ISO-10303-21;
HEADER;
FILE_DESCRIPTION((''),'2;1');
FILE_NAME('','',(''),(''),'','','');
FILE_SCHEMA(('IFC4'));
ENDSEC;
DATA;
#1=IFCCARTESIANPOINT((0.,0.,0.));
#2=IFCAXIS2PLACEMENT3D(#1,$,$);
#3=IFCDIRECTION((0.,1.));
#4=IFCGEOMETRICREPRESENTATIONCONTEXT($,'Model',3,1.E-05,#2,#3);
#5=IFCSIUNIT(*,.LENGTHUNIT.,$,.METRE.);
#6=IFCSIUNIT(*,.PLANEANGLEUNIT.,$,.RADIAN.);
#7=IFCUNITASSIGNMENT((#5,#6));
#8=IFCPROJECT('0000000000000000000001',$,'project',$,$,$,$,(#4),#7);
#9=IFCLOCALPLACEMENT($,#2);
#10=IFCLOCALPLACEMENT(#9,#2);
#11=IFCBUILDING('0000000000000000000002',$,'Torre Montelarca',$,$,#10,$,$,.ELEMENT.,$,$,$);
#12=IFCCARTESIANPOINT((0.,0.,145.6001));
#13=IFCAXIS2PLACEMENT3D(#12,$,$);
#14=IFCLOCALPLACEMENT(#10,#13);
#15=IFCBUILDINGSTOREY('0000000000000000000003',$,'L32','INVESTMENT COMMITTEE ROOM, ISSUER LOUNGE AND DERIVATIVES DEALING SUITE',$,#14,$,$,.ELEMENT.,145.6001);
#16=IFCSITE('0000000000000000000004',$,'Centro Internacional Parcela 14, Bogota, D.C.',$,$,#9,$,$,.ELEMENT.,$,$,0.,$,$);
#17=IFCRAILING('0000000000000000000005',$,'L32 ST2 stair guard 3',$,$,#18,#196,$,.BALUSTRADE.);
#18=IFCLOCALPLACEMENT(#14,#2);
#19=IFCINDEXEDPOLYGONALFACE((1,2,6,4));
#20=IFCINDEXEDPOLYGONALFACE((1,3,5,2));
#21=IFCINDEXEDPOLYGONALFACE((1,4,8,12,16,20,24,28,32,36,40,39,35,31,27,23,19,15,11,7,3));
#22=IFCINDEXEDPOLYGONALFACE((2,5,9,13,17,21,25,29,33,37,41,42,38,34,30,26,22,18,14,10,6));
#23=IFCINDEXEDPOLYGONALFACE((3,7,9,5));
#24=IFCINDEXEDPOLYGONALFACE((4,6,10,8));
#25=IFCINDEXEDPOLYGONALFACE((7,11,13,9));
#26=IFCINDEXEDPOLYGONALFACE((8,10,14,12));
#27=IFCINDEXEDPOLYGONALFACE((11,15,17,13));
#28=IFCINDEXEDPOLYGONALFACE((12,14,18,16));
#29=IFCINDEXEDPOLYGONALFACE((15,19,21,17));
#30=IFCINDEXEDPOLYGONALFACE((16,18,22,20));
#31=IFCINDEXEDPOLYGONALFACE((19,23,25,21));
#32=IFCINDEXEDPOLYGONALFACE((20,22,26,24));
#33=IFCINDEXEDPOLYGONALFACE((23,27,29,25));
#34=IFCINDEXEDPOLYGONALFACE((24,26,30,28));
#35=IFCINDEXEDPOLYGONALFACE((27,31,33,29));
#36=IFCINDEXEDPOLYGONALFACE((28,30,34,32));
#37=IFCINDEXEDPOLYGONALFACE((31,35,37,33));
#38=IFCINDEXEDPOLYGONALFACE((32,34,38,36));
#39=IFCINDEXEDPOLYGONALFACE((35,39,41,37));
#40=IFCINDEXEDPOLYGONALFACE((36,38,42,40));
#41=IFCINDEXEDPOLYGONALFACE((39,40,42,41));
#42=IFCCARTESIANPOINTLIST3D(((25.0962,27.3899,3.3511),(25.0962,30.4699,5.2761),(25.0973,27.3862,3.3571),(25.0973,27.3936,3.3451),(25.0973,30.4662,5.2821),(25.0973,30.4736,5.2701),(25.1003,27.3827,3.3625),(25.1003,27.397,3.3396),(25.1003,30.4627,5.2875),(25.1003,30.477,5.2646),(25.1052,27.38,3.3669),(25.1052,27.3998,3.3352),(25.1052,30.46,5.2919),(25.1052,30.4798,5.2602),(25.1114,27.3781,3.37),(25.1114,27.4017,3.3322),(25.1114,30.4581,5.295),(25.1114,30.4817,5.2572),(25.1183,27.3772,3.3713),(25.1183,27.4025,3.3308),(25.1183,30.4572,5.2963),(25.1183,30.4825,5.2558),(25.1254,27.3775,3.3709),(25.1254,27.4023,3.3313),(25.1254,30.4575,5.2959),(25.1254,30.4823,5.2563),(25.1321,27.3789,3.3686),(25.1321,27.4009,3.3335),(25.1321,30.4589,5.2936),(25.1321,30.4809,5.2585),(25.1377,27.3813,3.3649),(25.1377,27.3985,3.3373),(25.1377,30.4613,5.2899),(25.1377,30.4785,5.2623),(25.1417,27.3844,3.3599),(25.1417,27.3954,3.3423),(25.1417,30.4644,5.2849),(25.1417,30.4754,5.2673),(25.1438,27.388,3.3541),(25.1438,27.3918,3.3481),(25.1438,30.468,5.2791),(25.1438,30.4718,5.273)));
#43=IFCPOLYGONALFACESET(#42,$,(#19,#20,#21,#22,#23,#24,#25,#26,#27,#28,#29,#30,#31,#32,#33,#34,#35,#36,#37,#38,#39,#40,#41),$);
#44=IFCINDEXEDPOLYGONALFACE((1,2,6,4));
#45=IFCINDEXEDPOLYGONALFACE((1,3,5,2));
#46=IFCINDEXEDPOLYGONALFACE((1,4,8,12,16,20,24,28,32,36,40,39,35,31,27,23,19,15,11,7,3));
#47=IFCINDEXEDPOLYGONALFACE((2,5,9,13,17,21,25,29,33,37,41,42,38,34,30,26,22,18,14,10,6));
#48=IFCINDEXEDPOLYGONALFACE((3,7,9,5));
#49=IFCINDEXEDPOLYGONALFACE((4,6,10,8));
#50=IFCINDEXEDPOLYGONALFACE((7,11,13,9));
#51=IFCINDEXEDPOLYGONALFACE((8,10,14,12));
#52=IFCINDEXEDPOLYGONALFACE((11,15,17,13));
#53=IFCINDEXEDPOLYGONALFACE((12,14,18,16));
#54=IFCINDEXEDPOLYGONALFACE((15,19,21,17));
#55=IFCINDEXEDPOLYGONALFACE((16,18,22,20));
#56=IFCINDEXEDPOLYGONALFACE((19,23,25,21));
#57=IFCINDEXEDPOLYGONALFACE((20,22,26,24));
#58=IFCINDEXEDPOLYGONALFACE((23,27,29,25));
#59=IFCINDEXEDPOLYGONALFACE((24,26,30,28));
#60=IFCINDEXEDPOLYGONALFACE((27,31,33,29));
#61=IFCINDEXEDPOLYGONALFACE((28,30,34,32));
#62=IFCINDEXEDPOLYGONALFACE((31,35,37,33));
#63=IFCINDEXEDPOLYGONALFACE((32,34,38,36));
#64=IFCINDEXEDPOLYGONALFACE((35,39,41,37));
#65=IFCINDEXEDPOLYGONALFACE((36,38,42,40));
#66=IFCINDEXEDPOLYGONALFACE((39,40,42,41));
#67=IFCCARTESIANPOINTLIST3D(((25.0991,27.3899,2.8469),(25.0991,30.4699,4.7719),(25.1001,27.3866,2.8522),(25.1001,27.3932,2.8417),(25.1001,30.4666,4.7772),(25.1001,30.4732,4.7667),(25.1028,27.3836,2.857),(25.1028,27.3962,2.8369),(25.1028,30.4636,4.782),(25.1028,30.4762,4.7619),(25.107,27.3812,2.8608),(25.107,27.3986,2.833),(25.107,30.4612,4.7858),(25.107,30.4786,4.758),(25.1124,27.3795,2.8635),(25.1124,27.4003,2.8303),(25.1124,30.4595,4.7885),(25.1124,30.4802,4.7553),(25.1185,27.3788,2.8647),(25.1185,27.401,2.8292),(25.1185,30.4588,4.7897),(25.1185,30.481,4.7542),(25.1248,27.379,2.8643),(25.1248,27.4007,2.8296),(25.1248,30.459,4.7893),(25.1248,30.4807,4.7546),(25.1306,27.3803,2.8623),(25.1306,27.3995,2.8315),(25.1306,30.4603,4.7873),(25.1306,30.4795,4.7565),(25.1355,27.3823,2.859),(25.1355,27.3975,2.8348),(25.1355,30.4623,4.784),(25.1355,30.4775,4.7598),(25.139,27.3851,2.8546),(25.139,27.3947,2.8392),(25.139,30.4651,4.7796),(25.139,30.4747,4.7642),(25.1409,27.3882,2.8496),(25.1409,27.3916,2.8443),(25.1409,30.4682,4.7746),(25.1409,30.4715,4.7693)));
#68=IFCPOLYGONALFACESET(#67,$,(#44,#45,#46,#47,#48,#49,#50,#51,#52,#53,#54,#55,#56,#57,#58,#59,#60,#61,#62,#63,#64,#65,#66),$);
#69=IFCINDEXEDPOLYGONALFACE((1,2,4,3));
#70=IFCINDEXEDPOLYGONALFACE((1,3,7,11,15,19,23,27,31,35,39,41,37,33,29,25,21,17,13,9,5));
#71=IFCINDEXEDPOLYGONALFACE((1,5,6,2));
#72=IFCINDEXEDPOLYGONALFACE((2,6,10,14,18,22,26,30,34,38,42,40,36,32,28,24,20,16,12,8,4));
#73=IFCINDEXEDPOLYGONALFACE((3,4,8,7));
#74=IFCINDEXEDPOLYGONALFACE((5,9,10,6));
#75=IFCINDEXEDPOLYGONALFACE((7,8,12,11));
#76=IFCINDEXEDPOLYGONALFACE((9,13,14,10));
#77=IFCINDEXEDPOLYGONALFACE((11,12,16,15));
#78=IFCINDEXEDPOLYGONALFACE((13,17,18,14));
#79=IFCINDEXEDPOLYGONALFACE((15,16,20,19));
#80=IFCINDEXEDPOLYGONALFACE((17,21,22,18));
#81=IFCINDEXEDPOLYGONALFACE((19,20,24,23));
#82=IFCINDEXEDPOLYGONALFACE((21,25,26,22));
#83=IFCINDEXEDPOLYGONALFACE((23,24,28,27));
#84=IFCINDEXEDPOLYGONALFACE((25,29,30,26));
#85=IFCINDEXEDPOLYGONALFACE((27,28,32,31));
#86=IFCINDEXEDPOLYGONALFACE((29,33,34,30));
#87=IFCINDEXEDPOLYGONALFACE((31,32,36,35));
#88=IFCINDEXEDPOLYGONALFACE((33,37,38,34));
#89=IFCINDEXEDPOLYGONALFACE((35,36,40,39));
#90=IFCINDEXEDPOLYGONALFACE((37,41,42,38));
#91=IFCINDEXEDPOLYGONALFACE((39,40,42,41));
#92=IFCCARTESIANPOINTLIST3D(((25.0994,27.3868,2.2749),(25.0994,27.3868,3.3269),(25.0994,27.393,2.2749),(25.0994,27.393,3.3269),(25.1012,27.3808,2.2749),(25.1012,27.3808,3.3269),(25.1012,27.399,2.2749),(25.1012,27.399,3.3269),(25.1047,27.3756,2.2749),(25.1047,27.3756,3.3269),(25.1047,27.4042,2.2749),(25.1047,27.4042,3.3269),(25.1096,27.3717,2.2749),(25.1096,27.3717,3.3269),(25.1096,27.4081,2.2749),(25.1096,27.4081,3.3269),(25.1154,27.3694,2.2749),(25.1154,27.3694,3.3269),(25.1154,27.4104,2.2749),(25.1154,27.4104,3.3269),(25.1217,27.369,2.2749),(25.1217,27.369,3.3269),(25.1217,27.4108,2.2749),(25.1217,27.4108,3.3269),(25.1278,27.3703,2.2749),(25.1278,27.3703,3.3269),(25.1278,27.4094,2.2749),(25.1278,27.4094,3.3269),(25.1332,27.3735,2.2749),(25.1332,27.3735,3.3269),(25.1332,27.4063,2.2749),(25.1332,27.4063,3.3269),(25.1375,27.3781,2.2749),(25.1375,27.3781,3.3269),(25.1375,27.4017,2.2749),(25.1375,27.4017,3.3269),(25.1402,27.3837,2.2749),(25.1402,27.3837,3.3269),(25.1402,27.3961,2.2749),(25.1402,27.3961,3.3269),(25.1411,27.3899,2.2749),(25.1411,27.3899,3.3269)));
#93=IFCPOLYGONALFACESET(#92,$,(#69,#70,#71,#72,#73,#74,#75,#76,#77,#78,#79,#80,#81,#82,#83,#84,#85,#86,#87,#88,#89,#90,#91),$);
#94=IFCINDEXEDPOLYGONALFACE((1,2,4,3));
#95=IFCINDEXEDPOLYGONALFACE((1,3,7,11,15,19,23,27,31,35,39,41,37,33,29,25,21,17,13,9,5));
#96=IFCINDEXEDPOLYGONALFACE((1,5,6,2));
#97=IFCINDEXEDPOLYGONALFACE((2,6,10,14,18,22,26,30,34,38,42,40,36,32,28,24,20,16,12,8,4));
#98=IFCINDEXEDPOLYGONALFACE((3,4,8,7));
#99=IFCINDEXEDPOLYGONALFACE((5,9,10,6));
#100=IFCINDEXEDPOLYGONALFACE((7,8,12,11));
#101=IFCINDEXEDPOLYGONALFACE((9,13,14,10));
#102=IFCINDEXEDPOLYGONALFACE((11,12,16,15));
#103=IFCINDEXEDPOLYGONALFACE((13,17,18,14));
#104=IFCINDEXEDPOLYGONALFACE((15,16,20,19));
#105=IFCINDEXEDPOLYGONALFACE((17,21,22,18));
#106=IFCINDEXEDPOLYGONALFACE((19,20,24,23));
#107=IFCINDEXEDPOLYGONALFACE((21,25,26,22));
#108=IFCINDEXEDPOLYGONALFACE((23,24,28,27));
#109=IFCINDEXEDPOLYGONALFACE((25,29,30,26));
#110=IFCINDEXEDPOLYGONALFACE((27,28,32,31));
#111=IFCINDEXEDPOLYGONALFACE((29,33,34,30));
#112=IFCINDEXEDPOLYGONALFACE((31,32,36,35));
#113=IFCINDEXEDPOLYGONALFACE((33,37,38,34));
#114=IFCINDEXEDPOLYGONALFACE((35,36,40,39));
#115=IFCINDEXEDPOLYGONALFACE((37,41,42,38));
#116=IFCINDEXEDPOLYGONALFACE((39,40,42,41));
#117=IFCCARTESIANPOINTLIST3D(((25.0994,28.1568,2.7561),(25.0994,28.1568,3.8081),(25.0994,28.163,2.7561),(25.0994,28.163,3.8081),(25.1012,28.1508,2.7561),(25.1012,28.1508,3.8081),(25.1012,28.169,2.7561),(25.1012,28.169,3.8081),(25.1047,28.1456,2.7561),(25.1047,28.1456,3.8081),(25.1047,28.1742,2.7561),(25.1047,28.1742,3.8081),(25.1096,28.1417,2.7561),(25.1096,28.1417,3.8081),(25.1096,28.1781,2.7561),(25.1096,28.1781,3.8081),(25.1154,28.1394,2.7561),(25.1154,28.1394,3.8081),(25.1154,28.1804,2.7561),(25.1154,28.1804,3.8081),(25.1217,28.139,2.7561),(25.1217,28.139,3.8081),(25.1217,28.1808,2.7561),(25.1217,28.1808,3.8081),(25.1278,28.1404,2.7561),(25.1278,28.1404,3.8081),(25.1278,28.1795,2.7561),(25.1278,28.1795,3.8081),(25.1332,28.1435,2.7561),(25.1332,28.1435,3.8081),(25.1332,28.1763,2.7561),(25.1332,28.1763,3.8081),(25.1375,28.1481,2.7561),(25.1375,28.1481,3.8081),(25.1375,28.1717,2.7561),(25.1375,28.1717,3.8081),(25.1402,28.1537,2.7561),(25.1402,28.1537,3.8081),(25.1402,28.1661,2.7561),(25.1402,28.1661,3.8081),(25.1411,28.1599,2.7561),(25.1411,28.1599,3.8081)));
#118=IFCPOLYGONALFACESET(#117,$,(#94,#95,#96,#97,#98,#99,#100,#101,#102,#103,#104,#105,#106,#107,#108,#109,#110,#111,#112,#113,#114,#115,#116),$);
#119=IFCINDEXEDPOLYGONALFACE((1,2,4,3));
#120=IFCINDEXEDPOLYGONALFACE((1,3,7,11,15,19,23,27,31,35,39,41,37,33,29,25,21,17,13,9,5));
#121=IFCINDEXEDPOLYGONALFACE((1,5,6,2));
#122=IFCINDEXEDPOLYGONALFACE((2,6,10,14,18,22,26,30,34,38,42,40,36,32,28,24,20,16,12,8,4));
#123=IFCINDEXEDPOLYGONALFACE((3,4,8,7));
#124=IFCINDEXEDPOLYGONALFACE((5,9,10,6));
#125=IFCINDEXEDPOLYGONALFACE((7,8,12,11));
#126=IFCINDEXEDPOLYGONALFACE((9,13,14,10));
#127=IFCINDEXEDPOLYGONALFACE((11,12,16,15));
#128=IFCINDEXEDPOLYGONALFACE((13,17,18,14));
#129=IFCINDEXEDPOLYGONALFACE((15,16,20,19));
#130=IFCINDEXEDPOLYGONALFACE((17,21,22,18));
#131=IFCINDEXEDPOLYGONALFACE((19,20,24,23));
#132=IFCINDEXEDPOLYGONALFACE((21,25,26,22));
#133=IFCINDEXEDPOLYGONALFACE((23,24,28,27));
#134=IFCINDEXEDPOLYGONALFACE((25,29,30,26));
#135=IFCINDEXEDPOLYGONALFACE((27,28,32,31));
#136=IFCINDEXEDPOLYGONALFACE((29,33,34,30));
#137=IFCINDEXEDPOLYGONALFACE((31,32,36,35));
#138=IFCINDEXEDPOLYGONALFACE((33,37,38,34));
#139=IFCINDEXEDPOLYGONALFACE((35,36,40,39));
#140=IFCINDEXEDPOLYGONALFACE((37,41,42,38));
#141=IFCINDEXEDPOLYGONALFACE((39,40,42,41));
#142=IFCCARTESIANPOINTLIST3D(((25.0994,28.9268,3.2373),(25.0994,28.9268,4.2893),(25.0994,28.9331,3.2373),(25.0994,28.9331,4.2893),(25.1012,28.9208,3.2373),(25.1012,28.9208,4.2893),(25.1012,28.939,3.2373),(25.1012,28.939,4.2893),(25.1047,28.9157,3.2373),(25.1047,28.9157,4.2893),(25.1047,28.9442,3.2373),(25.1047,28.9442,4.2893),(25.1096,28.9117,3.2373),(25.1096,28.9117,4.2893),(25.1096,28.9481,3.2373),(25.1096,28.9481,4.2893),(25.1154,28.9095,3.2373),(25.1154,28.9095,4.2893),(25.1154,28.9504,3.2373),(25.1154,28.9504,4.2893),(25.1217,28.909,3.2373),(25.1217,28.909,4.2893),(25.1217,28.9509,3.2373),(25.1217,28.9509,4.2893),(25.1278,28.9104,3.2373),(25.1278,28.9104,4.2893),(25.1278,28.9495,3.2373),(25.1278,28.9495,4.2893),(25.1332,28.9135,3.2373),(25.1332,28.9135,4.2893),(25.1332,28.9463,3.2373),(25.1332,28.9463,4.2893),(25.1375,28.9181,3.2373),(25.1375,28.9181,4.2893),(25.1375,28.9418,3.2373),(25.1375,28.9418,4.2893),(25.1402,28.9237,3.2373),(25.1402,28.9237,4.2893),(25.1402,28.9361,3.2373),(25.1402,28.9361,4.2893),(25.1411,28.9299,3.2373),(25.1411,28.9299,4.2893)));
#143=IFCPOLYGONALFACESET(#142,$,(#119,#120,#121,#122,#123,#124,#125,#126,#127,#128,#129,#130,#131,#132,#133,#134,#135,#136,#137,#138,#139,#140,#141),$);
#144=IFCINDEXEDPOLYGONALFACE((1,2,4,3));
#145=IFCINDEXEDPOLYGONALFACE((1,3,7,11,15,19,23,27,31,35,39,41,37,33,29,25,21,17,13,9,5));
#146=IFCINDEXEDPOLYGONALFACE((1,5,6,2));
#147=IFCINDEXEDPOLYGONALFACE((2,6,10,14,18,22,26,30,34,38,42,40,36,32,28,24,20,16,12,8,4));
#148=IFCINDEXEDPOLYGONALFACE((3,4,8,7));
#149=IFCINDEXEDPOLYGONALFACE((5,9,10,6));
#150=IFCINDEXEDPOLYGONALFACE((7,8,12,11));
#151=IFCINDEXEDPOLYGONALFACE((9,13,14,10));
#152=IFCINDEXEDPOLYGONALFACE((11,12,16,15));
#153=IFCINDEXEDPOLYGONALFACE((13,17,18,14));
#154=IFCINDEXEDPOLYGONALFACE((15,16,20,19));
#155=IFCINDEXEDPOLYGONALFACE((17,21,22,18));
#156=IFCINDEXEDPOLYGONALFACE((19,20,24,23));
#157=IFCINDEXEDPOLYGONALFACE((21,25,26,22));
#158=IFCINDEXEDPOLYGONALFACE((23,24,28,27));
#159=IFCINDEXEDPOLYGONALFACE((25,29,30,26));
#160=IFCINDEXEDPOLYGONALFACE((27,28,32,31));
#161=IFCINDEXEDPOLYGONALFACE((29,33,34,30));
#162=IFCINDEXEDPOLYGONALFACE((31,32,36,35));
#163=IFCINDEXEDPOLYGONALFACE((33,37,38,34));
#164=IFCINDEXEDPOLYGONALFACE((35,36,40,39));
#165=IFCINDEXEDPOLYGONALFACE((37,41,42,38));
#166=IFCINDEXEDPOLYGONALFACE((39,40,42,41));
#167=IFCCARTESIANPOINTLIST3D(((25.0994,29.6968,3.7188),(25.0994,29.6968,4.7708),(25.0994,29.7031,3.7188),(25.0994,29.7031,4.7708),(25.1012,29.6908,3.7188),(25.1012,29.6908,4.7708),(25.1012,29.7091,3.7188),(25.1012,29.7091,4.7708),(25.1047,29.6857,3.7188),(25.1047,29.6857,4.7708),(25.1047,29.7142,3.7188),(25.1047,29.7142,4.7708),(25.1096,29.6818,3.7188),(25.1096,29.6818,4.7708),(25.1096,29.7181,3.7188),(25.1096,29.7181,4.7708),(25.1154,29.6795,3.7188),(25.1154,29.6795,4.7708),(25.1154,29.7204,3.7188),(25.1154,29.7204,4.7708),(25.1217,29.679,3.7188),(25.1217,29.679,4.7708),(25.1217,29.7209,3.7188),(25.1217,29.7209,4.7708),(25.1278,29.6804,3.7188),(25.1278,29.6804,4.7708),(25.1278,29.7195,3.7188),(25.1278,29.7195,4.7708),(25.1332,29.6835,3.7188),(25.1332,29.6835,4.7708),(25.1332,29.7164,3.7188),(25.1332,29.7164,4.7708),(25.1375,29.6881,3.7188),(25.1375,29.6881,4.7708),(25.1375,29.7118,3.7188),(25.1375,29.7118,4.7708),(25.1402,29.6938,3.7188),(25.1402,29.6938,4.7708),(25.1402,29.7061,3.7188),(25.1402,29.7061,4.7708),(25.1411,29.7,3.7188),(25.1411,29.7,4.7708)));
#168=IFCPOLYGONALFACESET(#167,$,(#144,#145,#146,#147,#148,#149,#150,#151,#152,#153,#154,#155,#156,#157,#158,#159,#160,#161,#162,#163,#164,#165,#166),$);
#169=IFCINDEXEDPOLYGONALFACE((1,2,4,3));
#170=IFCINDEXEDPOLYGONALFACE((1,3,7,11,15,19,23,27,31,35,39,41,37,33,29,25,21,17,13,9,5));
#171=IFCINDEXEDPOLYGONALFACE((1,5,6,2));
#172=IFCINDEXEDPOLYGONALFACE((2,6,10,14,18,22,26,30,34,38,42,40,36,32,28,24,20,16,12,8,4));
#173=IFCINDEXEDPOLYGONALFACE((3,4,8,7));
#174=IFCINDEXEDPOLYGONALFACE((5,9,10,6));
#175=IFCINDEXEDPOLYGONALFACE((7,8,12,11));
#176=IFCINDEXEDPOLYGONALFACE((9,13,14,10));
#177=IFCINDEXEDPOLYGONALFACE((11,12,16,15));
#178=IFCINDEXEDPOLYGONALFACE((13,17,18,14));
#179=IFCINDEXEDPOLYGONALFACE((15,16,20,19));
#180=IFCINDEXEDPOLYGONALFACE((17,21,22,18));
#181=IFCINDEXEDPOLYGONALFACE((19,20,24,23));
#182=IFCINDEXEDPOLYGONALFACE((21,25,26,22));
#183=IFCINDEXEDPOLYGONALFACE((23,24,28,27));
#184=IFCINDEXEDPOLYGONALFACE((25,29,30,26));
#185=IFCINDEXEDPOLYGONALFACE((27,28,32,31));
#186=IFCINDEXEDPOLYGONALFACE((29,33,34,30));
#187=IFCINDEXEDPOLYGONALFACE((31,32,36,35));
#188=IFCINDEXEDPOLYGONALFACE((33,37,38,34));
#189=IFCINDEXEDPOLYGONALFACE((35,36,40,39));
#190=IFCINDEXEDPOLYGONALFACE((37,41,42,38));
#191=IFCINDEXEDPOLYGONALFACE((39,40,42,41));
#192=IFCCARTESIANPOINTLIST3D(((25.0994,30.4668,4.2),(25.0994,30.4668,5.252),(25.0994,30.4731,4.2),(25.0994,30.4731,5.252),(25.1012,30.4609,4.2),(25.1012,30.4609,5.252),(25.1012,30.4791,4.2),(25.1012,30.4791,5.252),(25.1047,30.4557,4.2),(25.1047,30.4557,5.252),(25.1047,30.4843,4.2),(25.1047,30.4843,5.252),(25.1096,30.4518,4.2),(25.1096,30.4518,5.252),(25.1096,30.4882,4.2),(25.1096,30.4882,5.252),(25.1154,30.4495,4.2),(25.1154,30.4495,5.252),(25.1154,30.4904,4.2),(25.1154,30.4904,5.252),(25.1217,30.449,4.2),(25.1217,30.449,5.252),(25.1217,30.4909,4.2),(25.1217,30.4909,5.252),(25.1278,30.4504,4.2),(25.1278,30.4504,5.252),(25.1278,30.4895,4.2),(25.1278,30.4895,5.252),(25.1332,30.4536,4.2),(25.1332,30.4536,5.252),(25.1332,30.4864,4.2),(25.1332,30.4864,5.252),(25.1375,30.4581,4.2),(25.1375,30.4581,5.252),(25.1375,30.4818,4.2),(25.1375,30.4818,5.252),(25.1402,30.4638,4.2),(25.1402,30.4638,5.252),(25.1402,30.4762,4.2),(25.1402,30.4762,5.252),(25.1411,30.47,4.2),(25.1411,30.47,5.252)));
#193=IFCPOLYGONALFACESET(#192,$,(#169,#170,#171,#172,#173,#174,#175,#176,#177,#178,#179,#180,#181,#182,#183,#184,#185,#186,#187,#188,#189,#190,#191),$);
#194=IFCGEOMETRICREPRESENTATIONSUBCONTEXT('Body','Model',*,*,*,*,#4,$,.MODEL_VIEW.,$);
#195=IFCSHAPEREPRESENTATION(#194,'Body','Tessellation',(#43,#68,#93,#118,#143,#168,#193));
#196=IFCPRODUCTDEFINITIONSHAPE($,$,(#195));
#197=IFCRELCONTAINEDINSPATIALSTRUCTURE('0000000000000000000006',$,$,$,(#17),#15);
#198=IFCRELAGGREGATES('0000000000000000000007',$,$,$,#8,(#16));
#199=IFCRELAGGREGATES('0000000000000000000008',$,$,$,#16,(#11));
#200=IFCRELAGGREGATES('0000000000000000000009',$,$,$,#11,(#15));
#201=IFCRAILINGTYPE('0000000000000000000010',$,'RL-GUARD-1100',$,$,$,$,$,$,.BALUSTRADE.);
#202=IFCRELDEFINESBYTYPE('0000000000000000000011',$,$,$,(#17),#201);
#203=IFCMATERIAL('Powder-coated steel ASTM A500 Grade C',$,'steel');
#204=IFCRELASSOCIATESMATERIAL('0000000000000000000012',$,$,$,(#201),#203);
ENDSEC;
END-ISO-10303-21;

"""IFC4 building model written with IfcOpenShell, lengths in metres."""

from ifc_helpers import new_model, si_unit, direction, frame, origin, origin_2d, place, context, subcontext, project, spatial, circle, extrude, material, type_object, element, save


model = new_model("IFC4")

# Units and contexts
model_context = context("Model", 3, precision=1e-05, world=origin(), true_north=direction((0.0, 1.0)))
body_context = subcontext(model_context, "Body", "Model", "MODEL_VIEW")
ifc_project = project(units=[si_unit("LENGTHUNIT", "METRE"), si_unit("PLANEANGLEUNIT", "RADIAN")], contexts=[model_context])

# Site, building, storey
site_placement = place(None, origin())
site = spatial("IfcSite", under=ifc_project, at=site_placement, Name="Centro Internacional Parcela 14, Bogota, D.C.", CompositionType="ELEMENT", RefElevation=0.0)
building_placement = place(site_placement, origin())
building = spatial("IfcBuilding", under=site, at=building_placement, Name="Torre Montelarca", CompositionType="ELEMENT")
storey_placement = place(building_placement, frame((0.0, 0.0, 145.6001)))
storey = spatial("IfcBuildingStorey", under=building, at=storey_placement, Name="L32", Description="INVESTMENT COMMITTEE ROOM, ISSUER LOUNGE AND DERIVATIVES DEALING SUITE", CompositionType="ELEMENT", Elevation=145.6001)

# Railing
ifc_material_1 = material(Name="Powder-coated steel ASTM A500 Grade C", Category="steel")
railing_type_1 = type_object("IfcRailingType", Name="RL-GUARD-1100", PredefinedType="BALUSTRADE", material=ifc_material_1)
railing_1_placement = place(storey_placement, frame((25.1201, 27.3899, 2.2749)))
element("IfcRailing", 1, at=railing_1_placement, inside=storey, type_object=railing_type_1, Name="L32 ST2 stair guard 3", PredefinedType="BALUSTRADE", context=body_context, shape_type="SweptSolid", body=[
    extrude(circle(Radius=0.0239, at=origin_2d()), frame((0.0, 0.0, 1.0762), z_axis=(0.0, 0.847998, 0.529999), x_axis=(-1.0, 0.0, 0.0)), (0.0, 0.0, 1.0), 3.6321),
    extrude(circle(Radius=0.021, at=origin_2d()), frame((0.0, 0.0, 0.572), z_axis=(0.0, 0.847998, 0.529999), x_axis=(-1.0, 0.0, 0.0)), (0.0, 0.0, 1.0), 3.6321),
    extrude(circle(Radius=0.021, at=origin_2d()), origin(), (0.0, 0.0, 1.0), 1.052),
    extrude(circle(Radius=0.021, at=origin_2d()), frame((0.0, 0.77, 0.4812)), (0.0, 0.0, 1.0), 1.052),
    extrude(circle(Radius=0.021, at=origin_2d()), frame((0.0, 1.54, 0.9624)), (0.0, 0.0, 1.0), 1.052),
    extrude(circle(Radius=0.021, at=origin_2d()), frame((0.0, 2.3101, 1.4438)), (0.0, 0.0, 1.0), 1.052),
    extrude(circle(Radius=0.021, at=origin_2d()), frame((0.0, 3.0801, 1.925)), (0.0, 0.0, 1.0), 1.052),
])

save(model, "model.ifc")
